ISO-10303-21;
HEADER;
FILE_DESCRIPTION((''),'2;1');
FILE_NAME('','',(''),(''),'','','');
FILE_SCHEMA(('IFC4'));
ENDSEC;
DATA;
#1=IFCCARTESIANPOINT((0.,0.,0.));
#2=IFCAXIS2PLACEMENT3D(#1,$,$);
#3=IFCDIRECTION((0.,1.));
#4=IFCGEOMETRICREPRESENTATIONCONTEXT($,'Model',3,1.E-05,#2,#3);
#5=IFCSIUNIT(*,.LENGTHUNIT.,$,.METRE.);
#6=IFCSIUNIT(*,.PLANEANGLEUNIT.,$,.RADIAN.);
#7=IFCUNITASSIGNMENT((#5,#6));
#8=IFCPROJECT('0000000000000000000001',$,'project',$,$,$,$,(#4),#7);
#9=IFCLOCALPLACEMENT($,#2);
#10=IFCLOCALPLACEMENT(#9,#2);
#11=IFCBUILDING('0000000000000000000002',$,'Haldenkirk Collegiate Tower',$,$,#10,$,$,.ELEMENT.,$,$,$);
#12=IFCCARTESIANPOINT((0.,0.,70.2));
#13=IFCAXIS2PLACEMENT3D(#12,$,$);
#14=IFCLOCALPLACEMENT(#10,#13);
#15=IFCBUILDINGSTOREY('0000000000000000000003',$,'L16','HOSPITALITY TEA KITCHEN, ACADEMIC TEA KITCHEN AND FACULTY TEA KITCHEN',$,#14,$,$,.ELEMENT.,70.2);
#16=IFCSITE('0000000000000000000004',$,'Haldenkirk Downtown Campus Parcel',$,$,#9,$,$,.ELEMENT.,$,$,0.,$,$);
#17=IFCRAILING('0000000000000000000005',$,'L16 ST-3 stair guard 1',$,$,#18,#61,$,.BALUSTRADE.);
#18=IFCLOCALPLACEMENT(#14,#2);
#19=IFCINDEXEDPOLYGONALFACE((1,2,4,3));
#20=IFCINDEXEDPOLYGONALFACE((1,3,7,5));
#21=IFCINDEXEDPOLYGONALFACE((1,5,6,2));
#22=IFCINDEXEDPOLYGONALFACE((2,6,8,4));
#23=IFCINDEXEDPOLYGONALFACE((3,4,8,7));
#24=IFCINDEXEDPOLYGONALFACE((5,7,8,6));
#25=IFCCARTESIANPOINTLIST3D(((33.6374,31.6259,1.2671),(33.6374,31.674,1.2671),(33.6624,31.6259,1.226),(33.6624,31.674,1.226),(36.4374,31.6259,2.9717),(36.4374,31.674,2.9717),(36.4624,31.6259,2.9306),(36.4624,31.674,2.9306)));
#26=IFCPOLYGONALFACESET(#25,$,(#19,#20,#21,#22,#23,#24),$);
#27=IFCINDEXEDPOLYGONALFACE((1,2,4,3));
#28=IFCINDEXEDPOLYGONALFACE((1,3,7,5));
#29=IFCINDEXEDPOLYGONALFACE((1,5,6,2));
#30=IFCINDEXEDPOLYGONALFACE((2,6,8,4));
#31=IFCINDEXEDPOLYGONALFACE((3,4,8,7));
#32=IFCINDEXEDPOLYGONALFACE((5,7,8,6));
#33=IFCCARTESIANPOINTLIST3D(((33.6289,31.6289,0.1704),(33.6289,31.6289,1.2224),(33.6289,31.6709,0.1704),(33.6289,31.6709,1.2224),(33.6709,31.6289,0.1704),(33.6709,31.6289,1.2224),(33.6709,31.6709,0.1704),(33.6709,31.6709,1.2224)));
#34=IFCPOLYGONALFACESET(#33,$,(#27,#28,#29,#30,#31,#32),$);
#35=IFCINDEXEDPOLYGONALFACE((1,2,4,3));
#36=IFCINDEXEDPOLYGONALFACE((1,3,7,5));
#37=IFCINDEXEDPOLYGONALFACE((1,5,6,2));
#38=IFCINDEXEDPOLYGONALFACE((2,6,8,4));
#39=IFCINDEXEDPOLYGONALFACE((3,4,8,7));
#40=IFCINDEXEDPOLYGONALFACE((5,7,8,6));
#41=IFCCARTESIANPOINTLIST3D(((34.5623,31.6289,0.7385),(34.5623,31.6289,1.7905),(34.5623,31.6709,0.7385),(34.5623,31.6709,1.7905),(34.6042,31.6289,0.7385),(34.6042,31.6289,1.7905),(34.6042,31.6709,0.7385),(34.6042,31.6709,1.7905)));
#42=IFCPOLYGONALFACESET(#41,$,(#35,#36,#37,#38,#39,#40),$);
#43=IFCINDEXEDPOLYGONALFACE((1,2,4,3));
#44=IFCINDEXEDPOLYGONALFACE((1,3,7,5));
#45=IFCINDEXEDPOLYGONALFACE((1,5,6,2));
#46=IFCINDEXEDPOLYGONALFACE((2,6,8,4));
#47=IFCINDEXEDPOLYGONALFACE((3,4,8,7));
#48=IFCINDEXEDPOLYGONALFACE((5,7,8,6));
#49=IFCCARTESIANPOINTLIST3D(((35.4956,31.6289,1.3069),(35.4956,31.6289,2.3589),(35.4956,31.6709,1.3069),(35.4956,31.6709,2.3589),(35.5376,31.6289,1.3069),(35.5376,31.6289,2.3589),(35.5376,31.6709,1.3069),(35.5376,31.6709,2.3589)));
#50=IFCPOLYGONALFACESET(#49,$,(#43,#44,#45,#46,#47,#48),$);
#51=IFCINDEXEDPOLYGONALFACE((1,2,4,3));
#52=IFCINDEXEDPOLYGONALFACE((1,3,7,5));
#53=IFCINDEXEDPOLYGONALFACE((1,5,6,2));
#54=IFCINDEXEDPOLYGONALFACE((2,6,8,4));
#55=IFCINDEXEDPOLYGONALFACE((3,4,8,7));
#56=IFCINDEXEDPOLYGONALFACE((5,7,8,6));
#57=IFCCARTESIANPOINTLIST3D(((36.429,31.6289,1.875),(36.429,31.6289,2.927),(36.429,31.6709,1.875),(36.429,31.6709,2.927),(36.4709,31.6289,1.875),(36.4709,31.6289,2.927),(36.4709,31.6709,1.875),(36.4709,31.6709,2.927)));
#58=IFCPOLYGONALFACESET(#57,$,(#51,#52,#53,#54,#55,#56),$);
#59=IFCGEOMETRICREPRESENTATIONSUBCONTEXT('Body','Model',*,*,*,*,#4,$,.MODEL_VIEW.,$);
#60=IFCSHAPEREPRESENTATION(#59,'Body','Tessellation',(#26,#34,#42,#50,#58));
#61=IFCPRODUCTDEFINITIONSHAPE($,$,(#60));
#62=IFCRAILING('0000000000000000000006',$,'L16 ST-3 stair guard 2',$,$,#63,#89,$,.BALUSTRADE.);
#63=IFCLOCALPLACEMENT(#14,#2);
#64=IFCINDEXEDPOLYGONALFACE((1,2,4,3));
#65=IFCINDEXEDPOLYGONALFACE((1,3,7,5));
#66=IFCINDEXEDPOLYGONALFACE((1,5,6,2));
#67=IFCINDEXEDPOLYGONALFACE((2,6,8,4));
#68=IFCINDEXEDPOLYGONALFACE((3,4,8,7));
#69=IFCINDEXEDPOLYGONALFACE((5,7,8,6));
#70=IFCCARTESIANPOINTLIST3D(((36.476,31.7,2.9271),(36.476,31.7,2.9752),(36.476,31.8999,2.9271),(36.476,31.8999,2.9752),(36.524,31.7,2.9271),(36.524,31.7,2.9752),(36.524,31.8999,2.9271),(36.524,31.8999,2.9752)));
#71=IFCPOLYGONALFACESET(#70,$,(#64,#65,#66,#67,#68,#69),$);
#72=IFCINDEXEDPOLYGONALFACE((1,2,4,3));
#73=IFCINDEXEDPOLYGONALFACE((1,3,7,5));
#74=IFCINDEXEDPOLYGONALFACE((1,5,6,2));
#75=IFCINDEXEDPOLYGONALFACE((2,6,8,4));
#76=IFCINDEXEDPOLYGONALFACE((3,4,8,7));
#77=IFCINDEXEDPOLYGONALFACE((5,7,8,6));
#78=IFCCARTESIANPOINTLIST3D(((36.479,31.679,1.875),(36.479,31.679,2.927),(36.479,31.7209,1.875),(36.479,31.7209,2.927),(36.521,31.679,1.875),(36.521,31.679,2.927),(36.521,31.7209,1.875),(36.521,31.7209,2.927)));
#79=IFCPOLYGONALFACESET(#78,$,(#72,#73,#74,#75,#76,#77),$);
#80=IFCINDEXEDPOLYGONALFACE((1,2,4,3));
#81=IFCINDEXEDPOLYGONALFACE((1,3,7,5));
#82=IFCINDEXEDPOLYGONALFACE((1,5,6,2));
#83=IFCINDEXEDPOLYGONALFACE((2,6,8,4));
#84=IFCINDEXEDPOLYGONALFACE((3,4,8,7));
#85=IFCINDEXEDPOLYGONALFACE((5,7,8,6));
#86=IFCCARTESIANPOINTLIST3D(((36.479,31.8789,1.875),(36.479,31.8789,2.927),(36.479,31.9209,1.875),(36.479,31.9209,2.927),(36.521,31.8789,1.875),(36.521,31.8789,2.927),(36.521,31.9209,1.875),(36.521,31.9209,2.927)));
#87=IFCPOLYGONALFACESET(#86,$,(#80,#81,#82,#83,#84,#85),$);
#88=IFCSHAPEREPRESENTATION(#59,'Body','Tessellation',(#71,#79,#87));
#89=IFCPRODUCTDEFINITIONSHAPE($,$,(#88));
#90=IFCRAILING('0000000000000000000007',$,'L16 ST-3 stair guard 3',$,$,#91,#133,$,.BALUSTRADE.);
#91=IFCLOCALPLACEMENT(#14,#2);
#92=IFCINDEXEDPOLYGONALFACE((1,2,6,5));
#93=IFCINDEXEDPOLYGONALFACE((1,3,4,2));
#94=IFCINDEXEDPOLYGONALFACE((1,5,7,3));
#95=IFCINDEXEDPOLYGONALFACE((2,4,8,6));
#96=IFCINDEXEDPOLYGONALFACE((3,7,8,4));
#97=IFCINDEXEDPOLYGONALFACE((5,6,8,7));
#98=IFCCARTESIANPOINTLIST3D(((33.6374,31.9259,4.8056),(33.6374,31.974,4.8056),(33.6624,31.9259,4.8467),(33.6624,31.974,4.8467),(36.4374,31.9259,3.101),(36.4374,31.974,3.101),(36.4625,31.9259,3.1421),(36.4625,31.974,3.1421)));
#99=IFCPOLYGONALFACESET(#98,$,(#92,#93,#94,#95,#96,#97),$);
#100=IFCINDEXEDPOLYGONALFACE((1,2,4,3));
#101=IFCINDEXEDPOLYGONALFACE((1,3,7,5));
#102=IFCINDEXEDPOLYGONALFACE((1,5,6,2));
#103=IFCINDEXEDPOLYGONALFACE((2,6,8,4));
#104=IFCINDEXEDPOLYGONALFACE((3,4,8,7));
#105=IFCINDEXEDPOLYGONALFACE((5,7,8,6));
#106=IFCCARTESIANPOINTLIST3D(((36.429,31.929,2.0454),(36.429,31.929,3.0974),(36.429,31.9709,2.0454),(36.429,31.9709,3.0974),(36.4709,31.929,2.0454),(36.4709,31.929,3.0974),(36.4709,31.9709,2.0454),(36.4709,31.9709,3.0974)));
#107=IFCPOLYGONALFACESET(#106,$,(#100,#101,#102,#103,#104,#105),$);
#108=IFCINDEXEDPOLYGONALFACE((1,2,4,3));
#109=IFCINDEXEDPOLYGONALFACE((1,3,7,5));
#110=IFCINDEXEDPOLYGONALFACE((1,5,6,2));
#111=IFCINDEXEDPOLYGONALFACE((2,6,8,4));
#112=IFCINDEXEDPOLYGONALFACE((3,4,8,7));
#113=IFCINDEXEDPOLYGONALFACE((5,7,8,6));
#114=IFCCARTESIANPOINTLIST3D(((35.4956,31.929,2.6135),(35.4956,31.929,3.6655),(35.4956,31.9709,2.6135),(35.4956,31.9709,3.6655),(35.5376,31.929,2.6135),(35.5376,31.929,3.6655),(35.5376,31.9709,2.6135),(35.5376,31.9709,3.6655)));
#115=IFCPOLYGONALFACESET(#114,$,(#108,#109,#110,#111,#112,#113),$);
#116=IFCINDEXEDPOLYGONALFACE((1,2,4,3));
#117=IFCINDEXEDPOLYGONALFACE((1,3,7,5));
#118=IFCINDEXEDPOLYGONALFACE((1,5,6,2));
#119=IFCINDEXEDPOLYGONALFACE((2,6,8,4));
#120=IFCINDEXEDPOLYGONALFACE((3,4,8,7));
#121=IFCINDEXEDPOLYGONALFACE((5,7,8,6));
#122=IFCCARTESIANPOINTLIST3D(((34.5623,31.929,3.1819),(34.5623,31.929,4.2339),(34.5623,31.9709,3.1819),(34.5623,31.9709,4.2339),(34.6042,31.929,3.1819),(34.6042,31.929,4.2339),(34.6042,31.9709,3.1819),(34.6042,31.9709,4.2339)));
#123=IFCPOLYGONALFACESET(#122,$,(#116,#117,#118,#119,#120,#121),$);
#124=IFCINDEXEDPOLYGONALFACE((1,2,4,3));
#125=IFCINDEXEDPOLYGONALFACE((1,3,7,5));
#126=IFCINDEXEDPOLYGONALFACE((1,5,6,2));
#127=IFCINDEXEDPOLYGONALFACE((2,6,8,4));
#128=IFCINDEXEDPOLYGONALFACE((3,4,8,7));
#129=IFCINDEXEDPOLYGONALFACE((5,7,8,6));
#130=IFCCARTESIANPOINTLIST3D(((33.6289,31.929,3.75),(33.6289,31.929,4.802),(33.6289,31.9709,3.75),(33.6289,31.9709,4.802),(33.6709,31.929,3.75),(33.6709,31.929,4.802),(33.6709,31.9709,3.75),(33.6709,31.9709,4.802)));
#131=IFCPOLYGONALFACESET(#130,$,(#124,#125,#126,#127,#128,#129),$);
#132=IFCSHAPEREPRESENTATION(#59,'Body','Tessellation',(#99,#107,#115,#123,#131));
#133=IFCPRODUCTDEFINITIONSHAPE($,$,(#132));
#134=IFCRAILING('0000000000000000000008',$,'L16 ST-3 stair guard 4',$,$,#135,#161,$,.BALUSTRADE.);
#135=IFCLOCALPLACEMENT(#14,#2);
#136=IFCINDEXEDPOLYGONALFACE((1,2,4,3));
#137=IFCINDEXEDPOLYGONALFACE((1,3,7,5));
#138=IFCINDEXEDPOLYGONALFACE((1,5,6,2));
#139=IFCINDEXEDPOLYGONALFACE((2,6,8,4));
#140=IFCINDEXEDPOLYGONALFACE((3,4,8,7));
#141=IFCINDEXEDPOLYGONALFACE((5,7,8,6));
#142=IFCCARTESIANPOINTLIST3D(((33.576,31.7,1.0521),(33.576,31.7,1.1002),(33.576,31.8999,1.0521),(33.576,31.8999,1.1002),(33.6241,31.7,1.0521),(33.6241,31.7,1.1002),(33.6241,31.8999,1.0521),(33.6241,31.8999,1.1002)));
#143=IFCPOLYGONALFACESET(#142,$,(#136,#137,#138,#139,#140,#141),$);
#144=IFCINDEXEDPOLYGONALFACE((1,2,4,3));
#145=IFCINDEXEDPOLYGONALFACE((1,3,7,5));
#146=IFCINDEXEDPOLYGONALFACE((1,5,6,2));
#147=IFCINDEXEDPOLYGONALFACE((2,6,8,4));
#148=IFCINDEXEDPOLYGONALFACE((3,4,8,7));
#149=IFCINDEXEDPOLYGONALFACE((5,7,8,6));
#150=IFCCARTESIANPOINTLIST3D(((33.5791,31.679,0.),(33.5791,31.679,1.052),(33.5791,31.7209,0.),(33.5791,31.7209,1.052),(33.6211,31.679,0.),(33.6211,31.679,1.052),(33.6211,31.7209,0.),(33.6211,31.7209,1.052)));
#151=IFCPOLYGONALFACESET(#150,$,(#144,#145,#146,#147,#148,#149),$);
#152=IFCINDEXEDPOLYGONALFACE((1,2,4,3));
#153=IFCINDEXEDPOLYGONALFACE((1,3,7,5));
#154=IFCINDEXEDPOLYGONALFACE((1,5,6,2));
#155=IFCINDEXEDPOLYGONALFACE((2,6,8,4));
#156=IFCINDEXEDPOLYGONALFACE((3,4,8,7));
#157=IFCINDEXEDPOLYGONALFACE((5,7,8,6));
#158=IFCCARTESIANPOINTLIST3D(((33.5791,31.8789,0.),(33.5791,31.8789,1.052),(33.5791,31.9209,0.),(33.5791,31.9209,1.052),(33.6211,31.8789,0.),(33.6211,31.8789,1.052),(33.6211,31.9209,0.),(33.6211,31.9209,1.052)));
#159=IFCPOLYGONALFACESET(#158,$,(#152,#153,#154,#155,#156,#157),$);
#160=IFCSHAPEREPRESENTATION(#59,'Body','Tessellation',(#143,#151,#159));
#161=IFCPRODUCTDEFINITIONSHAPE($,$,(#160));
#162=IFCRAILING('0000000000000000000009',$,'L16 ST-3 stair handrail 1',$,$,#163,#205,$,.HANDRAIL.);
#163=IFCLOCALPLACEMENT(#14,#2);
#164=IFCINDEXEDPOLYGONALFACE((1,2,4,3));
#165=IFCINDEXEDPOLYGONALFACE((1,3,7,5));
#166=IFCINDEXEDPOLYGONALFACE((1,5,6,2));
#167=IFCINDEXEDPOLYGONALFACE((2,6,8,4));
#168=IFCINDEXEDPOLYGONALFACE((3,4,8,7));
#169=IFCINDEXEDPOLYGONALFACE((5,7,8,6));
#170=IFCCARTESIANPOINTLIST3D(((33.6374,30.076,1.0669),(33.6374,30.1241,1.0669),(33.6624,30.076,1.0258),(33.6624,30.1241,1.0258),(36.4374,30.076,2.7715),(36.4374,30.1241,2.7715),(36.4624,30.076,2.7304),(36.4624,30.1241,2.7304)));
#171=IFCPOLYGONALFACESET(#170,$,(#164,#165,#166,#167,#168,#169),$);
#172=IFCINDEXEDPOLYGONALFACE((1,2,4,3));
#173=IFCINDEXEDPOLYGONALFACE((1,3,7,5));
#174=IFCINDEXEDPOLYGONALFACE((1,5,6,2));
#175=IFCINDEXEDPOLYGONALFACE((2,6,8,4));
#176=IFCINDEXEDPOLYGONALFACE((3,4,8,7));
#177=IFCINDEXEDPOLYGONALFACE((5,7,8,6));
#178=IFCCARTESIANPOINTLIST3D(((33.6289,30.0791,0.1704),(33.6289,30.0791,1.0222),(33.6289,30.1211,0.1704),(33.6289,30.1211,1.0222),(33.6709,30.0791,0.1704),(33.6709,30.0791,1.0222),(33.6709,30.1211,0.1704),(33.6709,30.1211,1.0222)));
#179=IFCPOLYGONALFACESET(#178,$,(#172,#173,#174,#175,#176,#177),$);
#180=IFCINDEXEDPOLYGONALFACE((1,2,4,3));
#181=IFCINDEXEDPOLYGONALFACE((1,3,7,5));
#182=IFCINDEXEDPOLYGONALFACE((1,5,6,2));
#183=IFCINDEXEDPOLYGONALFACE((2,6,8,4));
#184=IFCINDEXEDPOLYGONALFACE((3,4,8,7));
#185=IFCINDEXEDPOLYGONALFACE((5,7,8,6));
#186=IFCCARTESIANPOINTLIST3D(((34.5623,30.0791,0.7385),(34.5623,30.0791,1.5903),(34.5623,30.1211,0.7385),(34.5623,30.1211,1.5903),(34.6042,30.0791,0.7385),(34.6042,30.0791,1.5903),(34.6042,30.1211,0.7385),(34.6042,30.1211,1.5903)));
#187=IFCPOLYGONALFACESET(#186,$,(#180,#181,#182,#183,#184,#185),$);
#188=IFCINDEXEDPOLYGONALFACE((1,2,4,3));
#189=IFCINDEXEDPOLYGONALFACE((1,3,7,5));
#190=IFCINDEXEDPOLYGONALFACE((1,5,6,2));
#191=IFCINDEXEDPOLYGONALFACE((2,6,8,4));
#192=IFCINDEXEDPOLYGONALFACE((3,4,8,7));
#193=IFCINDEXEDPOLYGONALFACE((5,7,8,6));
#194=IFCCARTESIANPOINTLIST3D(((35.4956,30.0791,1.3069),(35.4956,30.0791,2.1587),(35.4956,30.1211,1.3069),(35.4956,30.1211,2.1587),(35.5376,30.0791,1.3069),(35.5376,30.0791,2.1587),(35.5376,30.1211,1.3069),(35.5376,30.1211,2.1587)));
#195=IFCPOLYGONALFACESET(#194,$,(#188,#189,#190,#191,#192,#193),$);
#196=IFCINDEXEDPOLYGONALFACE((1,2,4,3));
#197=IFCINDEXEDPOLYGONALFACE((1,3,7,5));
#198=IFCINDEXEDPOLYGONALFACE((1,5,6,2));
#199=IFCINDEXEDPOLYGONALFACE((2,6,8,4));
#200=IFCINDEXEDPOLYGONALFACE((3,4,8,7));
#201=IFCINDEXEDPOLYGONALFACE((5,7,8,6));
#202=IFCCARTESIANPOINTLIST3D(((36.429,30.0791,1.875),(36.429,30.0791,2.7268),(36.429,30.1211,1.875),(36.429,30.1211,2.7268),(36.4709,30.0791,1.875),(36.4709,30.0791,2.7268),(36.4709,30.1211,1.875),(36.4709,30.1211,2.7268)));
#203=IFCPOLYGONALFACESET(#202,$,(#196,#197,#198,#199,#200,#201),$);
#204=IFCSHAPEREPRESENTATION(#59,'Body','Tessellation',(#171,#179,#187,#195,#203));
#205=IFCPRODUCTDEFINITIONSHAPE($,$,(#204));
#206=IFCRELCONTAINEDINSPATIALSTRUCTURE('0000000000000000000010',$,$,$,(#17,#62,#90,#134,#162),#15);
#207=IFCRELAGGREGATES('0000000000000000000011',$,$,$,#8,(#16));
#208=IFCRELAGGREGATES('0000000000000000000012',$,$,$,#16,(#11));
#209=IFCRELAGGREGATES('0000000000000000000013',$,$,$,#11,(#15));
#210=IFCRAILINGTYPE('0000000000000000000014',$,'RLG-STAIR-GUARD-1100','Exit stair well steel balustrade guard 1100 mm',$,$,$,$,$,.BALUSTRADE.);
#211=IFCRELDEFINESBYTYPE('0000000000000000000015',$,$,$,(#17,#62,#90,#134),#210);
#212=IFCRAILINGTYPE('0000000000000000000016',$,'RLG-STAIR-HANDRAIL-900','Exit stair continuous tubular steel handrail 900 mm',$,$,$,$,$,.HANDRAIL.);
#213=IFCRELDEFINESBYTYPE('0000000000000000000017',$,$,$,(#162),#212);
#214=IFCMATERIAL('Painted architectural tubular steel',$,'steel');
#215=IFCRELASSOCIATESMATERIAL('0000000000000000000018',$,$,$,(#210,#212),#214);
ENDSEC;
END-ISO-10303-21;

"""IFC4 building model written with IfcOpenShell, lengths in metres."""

from ifc_helpers import new_model, si_unit, direction, frame, origin, origin_2d, place, context, subcontext, project, spatial, rectangle, extrude, material, type_object, element, save


model = new_model("IFC4")

# Units and contexts
model_context = context("Model", 3, precision=1e-05, world=origin(), true_north=direction((0.0, 1.0)))
body_context = subcontext(model_context, "Body", "Model", "MODEL_VIEW")
ifc_project = project(units=[si_unit("LENGTHUNIT", "METRE"), si_unit("PLANEANGLEUNIT", "RADIAN")], contexts=[model_context])

# Site, building, storey
site_placement = place(None, origin())
site = spatial("IfcSite", under=ifc_project, at=site_placement, Name="Haldenkirk Downtown Campus Parcel", CompositionType="ELEMENT", RefElevation=0.0)
building_placement = place(site_placement, origin())
building = spatial("IfcBuilding", under=site, at=building_placement, Name="Haldenkirk Collegiate Tower", CompositionType="ELEMENT")
storey_placement = place(building_placement, frame((0.0, 0.0, 70.2)))
storey = spatial("IfcBuildingStorey", under=building, at=storey_placement, Name="L16", Description="HOSPITALITY TEA KITCHEN, ACADEMIC TEA KITCHEN AND FACULTY TEA KITCHEN", CompositionType="ELEMENT", Elevation=70.2)

# Railings
ifc_material_1 = material(Name="Painted architectural tubular steel", Category="steel")
railing_type_1 = type_object("IfcRailingType", Name="RLG-STAIR-GUARD-1100", Description="Exit stair well steel balustrade guard 1100 mm", PredefinedType="BALUSTRADE", material=ifc_material_1)
railing_1_placement = place(storey_placement, frame((33.6499, 31.6499, 0.1704)))
element("IfcRailing", 1, at=railing_1_placement, inside=storey, type_object=railing_type_1, Name="L16 ST-3 stair guard 1", PredefinedType="BALUSTRADE", context=body_context, shape_type="SweptSolid", body=[
    extrude(rectangle(XDim=0.0481, YDim=0.0481, at=origin_2d()), frame((0.0, 0.0, 1.0762), z_axis=(0.85417, 0.0, 0.519994), x_axis=(0.0, 1.0, 0.0)), (0.0, 0.0, 1.0), 3.2781),
    extrude(rectangle(XDim=0.042, YDim=0.042, at=origin_2d()), origin(), (0.0, 0.0, 1.0), 1.052),
    extrude(rectangle(XDim=0.042, YDim=0.042, at=origin_2d()), frame((0.9333, 0.0, 0.5681)), (0.0, 0.0, 1.0), 1.052),
    extrude(rectangle(XDim=0.042, YDim=0.042, at=origin_2d()), frame((1.8667, 0.0, 1.1365)), (0.0, 0.0, 1.0), 1.052),
    extrude(rectangle(XDim=0.042, YDim=0.042, at=origin_2d()), frame((2.8, 0.0, 1.7046)), (0.0, 0.0, 1.0), 1.052),
])
railing_2_placement = place(storey_placement, frame((36.5, 31.7, 1.875)))
element("IfcRailing", 2, at=railing_2_placement, inside=storey, type_object=railing_type_1, Name="L16 ST-3 stair guard 2", PredefinedType="BALUSTRADE", context=body_context, shape_type="SweptSolid", body=[
    extrude(rectangle(XDim=0.0481, YDim=0.0481, at=origin_2d()), frame((0.0, 0.0, 1.0762), z_axis=(0.0, 1.0, 0.0), x_axis=(-1.0, 0.0, 0.0)), (0.0, 0.0, 1.0), 0.2),
    extrude(rectangle(XDim=0.042, YDim=0.042, at=origin_2d()), origin(), (0.0, 0.0, 1.0), 1.052),
    extrude(rectangle(XDim=0.042, YDim=0.042, at=origin_2d()), frame((0.0, 0.2, 0.0)), (0.0, 0.0, 1.0), 1.052),
])
railing_3_placement = place(storey_placement, frame((36.45, 31.95, 2.0454)))
element("IfcRailing", 3, at=railing_3_placement, inside=storey, type_object=railing_type_1, Name="L16 ST-3 stair guard 3", PredefinedType="BALUSTRADE", context=body_context, shape_type="SweptSolid", body=[
    extrude(rectangle(XDim=0.0481, YDim=0.0481, at=origin_2d()), frame((0.0, 0.0, 1.0762), z_axis=(-0.85417, 0.0, 0.519994), x_axis=(0.0, -1.0, 0.0)), (0.0, 0.0, 1.0), 3.2781),
    extrude(rectangle(XDim=0.042, YDim=0.042, at=origin_2d()), origin(), (0.0, 0.0, 1.0), 1.052),
    extrude(rectangle(XDim=0.042, YDim=0.042, at=origin_2d()), frame((-0.9333, 0.0, 0.5681)), (0.0, 0.0, 1.0), 1.052),
    extrude(rectangle(XDim=0.042, YDim=0.042, at=origin_2d()), frame((-1.8667, 0.0, 1.1365)), (0.0, 0.0, 1.0), 1.052),
    extrude(rectangle(XDim=0.042, YDim=0.042, at=origin_2d()), frame((-2.8, 0.0, 1.7046)), (0.0, 0.0, 1.0), 1.052),
])
railing_4_placement = place(storey_placement, frame((33.6001, 31.7, 0.0)))
element("IfcRailing", 4, at=railing_4_placement, inside=storey, type_object=railing_type_1, Name="L16 ST-3 stair guard 4", PredefinedType="BALUSTRADE", context=body_context, shape_type="SweptSolid", body=[
    extrude(rectangle(XDim=0.0481, YDim=0.0481, at=origin_2d()), frame((0.0, 0.0, 1.0762), z_axis=(0.0, 1.0, 0.0), x_axis=(-1.0, 0.0, 0.0)), (0.0, 0.0, 1.0), 0.2),
    extrude(rectangle(XDim=0.042, YDim=0.042, at=origin_2d()), origin(), (0.0, 0.0, 1.0), 1.052),
    extrude(rectangle(XDim=0.042, YDim=0.042, at=origin_2d()), frame((0.0, 0.2, 0.0)), (0.0, 0.0, 1.0), 1.052),
])
railing_type_2 = type_object("IfcRailingType", Name="RLG-STAIR-HANDRAIL-900", Description="Exit stair continuous tubular steel handrail 900 mm", PredefinedType="HANDRAIL", material=ifc_material_1)
railing_5_placement = place(storey_placement, frame((33.6499, 30.1001, 0.1704)))
element("IfcRailing", 5, at=railing_5_placement, inside=storey, type_object=railing_type_2, Name="L16 ST-3 stair handrail 1", PredefinedType="HANDRAIL", context=body_context, shape_type="SweptSolid", body=[
    extrude(rectangle(XDim=0.0481, YDim=0.0481, at=origin_2d()), frame((0.0, 0.0, 0.876), z_axis=(0.85417, 0.0, 0.519994), x_axis=(0.0, 1.0, 0.0)), (0.0, 0.0, 1.0), 3.2781),
    extrude(rectangle(XDim=0.042, YDim=0.042, at=origin_2d()), origin(), (0.0, 0.0, 1.0), 0.8518),
    extrude(rectangle(XDim=0.042, YDim=0.042, at=origin_2d()), frame((0.9333, 0.0, 0.5681)), (0.0, 0.0, 1.0), 0.8518),
    extrude(rectangle(XDim=0.042, YDim=0.042, at=origin_2d()), frame((1.8667, 0.0, 1.1365)), (0.0, 0.0, 1.0), 0.8518),
    extrude(rectangle(XDim=0.042, YDim=0.042, at=origin_2d()), frame((2.8, 0.0, 1.7046)), (0.0, 0.0, 1.0), 0.8518),
])

save(model, "model.ifc")
